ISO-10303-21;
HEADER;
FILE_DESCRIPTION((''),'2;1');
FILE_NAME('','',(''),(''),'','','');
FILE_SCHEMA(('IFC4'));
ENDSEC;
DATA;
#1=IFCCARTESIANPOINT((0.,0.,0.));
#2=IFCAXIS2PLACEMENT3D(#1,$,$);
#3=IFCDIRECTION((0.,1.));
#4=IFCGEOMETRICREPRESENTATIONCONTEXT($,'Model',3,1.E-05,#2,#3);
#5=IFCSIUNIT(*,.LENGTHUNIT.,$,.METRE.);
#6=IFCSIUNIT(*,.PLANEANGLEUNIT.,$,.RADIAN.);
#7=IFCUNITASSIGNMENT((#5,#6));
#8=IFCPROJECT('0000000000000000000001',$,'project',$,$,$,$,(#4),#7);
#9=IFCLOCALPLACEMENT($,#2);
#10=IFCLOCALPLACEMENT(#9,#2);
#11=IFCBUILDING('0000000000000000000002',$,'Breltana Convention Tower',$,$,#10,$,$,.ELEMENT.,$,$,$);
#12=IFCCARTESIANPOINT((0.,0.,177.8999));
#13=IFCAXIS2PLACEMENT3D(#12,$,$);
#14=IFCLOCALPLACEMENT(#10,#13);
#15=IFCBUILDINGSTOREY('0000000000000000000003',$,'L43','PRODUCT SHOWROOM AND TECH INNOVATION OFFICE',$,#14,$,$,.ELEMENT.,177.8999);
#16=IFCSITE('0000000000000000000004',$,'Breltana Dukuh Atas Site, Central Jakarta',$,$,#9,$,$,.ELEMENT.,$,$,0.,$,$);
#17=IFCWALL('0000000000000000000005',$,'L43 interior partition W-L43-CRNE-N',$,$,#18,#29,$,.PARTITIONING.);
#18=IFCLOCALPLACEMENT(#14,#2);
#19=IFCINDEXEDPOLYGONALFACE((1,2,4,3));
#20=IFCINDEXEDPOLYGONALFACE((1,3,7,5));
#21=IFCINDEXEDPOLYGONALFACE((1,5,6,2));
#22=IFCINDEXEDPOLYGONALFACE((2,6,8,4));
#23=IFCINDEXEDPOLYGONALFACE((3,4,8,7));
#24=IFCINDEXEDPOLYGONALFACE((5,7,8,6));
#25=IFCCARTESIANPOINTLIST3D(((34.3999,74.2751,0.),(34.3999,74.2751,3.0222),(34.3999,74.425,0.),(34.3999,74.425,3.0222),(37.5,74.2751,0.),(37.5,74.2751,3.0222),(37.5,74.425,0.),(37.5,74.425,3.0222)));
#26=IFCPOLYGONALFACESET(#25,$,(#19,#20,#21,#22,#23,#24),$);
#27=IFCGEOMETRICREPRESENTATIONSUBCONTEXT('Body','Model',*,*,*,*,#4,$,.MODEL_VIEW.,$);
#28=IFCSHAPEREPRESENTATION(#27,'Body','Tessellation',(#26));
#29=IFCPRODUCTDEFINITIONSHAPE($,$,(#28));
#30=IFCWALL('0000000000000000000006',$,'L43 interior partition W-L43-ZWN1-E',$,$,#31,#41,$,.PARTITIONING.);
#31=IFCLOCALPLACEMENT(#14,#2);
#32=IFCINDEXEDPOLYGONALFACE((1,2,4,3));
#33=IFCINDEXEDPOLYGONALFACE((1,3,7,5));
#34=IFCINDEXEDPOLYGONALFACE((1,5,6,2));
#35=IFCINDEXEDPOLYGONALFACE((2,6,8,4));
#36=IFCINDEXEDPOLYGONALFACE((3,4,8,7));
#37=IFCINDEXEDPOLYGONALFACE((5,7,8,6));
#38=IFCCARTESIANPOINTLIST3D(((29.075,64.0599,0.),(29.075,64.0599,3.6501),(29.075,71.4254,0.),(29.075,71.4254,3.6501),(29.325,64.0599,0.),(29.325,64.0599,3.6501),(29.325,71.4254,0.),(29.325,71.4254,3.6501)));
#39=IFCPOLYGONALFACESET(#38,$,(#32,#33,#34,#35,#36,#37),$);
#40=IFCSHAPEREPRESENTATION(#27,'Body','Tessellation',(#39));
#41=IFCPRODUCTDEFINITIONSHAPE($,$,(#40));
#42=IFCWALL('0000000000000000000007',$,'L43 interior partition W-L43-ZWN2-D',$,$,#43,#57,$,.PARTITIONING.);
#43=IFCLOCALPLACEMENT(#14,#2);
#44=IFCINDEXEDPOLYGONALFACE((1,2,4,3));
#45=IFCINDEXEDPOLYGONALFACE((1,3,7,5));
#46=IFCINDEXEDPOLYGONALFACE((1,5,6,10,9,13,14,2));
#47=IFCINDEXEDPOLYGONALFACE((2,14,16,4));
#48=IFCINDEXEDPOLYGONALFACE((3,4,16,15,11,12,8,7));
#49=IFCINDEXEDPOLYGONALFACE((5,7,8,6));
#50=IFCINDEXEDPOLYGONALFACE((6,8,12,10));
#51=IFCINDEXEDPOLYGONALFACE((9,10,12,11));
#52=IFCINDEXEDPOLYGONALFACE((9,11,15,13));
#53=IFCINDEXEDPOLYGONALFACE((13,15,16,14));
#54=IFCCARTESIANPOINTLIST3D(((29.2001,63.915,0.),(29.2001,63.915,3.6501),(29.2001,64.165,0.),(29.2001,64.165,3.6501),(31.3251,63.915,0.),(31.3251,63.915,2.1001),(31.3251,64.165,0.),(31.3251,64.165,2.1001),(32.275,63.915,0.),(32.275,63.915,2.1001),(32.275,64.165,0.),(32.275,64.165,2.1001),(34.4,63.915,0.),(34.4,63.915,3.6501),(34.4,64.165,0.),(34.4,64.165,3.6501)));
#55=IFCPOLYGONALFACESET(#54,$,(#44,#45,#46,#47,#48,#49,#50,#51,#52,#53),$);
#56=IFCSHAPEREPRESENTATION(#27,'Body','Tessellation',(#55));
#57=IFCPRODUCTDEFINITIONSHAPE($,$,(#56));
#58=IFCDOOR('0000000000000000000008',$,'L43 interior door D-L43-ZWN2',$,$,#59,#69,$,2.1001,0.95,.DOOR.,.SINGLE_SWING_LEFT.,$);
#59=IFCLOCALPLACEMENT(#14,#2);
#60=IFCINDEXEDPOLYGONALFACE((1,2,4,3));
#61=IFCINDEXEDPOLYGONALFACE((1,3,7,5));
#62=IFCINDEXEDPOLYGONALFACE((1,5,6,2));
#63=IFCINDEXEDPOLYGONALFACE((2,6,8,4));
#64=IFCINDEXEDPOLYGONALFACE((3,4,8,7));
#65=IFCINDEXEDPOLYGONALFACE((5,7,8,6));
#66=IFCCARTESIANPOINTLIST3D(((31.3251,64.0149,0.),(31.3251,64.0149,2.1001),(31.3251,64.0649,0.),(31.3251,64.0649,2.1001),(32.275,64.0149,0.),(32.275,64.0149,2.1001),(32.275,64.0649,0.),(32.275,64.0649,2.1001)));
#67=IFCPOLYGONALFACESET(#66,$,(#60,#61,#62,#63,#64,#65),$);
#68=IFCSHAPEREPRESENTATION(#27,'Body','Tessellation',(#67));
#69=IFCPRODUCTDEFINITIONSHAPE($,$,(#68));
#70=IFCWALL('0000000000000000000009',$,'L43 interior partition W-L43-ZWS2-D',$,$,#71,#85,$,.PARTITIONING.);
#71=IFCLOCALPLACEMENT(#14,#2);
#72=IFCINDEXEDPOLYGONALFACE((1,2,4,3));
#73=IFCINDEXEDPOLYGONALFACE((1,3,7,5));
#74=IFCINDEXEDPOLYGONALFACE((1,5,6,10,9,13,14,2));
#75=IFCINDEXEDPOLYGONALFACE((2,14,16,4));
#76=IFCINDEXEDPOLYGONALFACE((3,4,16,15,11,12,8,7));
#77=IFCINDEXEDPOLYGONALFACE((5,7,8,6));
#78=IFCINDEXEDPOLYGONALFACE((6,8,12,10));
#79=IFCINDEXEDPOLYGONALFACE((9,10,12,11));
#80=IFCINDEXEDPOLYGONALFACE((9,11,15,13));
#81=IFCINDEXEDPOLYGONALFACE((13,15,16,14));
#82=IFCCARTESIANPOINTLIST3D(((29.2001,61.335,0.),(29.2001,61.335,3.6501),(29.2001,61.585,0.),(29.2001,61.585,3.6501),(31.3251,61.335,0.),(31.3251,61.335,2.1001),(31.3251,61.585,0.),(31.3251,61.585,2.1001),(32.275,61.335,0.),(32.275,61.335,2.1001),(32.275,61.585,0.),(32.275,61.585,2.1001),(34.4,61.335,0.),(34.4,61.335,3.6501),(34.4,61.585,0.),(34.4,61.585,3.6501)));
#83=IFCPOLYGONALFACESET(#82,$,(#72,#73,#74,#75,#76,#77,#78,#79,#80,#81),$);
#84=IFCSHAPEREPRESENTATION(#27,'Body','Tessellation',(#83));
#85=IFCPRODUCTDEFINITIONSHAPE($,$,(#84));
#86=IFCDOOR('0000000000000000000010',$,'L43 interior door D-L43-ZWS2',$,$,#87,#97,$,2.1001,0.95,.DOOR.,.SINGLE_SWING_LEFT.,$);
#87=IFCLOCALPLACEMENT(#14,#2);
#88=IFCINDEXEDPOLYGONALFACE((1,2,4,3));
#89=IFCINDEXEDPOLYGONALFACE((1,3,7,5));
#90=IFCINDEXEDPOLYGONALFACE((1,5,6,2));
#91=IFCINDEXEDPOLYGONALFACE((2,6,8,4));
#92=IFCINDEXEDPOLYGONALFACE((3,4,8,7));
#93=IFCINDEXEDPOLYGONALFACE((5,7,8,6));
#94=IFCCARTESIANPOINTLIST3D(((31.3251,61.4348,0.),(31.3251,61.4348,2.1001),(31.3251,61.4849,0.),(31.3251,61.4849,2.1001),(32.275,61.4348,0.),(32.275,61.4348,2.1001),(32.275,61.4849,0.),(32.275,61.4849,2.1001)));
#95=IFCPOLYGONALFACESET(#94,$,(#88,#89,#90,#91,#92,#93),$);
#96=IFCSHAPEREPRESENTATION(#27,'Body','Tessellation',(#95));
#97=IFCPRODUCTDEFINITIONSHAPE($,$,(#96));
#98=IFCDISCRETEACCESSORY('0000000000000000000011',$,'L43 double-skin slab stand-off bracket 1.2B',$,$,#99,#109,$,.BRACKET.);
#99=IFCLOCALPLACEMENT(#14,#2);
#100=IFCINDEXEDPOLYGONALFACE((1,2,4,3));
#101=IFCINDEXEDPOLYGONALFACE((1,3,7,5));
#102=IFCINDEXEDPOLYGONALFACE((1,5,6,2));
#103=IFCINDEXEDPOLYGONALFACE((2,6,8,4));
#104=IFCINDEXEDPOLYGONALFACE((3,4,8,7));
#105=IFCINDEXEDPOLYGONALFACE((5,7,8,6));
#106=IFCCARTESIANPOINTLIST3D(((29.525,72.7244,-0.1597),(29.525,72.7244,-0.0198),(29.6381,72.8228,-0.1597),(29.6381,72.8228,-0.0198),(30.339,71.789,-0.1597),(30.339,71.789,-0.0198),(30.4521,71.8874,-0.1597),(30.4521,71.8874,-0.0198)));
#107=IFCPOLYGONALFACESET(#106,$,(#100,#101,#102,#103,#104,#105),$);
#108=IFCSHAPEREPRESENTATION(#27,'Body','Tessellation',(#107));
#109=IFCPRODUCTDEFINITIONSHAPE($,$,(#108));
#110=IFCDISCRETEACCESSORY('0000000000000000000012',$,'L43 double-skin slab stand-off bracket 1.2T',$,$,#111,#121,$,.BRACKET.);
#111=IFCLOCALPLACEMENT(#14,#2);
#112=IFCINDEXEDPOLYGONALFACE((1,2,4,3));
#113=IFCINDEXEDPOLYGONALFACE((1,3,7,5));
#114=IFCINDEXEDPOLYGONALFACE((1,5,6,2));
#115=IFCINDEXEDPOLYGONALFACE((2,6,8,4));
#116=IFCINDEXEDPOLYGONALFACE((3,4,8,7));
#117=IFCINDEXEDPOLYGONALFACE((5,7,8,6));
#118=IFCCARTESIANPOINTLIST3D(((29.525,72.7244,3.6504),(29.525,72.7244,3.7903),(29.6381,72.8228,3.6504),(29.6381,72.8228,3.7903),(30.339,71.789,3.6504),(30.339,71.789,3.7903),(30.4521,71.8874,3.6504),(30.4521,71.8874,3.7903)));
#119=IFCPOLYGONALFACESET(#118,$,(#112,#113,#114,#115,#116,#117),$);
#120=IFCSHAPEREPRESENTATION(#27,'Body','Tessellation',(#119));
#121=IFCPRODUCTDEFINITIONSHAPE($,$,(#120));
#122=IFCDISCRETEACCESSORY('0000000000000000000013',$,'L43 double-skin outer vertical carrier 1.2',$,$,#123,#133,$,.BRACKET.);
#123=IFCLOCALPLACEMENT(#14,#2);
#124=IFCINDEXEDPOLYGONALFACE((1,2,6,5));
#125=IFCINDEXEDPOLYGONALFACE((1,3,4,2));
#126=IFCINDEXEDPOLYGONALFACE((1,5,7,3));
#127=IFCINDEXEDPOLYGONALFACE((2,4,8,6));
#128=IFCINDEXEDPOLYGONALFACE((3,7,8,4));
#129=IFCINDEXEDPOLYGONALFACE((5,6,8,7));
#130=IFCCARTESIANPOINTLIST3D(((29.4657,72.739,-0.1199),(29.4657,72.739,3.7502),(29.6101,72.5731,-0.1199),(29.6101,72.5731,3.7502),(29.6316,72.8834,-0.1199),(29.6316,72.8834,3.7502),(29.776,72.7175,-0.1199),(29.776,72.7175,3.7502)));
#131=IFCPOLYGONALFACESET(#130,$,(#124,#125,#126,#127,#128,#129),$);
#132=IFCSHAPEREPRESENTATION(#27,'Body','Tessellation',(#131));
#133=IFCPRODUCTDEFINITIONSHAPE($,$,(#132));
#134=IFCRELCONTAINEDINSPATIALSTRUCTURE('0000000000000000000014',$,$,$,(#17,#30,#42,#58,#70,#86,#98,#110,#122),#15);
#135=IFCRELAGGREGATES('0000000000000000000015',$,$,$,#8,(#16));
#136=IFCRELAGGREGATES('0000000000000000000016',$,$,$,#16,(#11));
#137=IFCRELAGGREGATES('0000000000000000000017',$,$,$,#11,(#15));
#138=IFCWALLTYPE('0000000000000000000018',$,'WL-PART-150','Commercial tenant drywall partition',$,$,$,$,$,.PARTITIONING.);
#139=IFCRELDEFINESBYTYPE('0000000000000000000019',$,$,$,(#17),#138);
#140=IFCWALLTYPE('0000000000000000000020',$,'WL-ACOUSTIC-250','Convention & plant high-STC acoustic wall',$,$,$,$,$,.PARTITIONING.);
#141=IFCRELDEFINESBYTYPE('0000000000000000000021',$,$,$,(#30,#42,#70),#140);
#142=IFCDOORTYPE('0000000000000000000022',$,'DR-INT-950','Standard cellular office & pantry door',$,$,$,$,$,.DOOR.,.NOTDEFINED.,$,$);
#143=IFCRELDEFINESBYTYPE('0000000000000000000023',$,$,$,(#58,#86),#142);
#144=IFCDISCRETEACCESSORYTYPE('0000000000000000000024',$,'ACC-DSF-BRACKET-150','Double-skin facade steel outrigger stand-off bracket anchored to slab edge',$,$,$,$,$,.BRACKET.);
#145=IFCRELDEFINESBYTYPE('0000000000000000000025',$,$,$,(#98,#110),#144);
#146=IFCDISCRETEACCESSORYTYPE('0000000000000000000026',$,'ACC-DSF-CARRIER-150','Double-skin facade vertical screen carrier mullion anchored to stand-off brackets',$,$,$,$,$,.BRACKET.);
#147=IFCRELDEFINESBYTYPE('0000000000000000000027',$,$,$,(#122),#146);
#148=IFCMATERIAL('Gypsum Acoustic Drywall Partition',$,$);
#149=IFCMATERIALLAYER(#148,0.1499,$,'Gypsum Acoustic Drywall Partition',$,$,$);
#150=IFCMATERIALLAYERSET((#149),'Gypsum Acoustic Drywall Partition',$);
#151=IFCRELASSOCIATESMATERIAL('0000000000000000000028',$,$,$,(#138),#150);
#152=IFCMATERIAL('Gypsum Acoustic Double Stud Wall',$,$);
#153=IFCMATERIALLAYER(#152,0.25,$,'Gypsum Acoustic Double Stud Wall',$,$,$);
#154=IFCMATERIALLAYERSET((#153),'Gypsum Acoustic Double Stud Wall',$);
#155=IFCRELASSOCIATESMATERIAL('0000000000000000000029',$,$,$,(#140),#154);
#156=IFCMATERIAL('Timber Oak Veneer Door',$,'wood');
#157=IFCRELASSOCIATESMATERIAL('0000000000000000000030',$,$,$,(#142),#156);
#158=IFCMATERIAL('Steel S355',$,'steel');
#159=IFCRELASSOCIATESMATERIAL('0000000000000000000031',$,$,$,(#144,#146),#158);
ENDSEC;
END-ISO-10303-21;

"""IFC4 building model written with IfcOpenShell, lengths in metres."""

from ifc_helpers import new_model, si_unit, direction, frame, frame_2d, origin, origin_2d, place, context, subcontext, project, spatial, rectangle, extrude, source, transform, mapped, material, layer, layer_set, type_object, type_shapes, element, fill, save


model = new_model("IFC4")

# Units and contexts
model_context = context("Model", 3, precision=1e-05, world=origin(), true_north=direction((0.0, 1.0)))
body_context = subcontext(model_context, "Body", "Model", "MODEL_VIEW")
ifc_project = project(units=[si_unit("LENGTHUNIT", "METRE"), si_unit("PLANEANGLEUNIT", "RADIAN")], contexts=[model_context])

# Site, building, storey
site_placement = place(None, origin())
site = spatial("IfcSite", under=ifc_project, at=site_placement, Name="Breltana Dukuh Atas Site, Central Jakarta", CompositionType="ELEMENT", RefElevation=0.0)
building_placement = place(site_placement, origin())
building = spatial("IfcBuilding", under=site, at=building_placement, Name="Breltana Convention Tower", CompositionType="ELEMENT")
storey_placement = place(building_placement, frame((0.0, 0.0, 177.8999)))
storey = spatial("IfcBuildingStorey", under=building, at=storey_placement, Name="L43", Description="PRODUCT SHOWROOM AND TECH INNOVATION OFFICE", CompositionType="ELEMENT", Elevation=177.8999)

# Walls
ifc_material_1 = material(Name="Gypsum Acoustic Drywall Partition")
ifc_layer_1 = layer(ifc_material_1, 0.1499, Name="Gypsum Acoustic Drywall Partition")
ifc_layer_set_1 = layer_set([ifc_layer_1], Name="Gypsum Acoustic Drywall Partition")
wall_type_1 = type_object("IfcWallType", Name="WL-PART-150", Description="Commercial tenant drywall partition", PredefinedType="PARTITIONING", material=ifc_layer_set_1)
shared_shape_1 = source(origin(), body_context, "Body", "SweptSolid", [
    extrude(rectangle(XDim=3.1001, YDim=0.1499, at=frame_2d((1.55, 0.0))), origin(), (0.0, 0.0, 1.0), 3.0222),
])
wall_1_placement = place(storey_placement, frame((34.3999, 74.3501, 0.0), z_axis=(0.0, 0.0, 1.0), x_axis=(1.0, 0.0, 0.0)))
element("IfcWall", 1, at=wall_1_placement, inside=storey, type_object=wall_type_1, Name="L43 interior partition W-L43-CRNE-N", PredefinedType="PARTITIONING", context=body_context, shape_type="MappedRepresentation", body=[
    mapped(shared_shape_1, transform((0.0, 0.0, 0.0), scale=1.0)),
])
ifc_material_2 = material(Name="Gypsum Acoustic Double Stud Wall")
ifc_layer_2 = layer(ifc_material_2, 0.25, Name="Gypsum Acoustic Double Stud Wall")
ifc_layer_set_2 = layer_set([ifc_layer_2], Name="Gypsum Acoustic Double Stud Wall")
wall_type_2 = type_object("IfcWallType", Name="WL-ACOUSTIC-250", Description="Convention & plant high-STC acoustic wall", PredefinedType="PARTITIONING", material=ifc_layer_set_2)
shared_shape_2 = source(origin(), body_context, "Body", "SweptSolid", [
    extrude(rectangle(XDim=7.3655, YDim=0.25, at=frame_2d((3.6826, 0.0))), origin(), (0.0, 0.0, 1.0), 3.6501),
])
wall_2_placement = place(storey_placement, frame((29.2, 64.0601, 0.0), z_axis=(0.0, 0.0, 1.0), x_axis=(0.0, 1.0, 0.0)))
element("IfcWall", 2, at=wall_2_placement, inside=storey, type_object=wall_type_2, Name="L43 interior partition W-L43-ZWN1-E", PredefinedType="PARTITIONING", context=body_context, shape_type="MappedRepresentation", body=[
    mapped(shared_shape_2, transform((0.0, 0.0, 0.0), scale=1.0)),
])

# Walls, openings, doors
shared_shape_3 = source(origin(), body_context, "Body", "SweptSolid", [
    extrude(rectangle(XDim=5.2, YDim=0.25, at=frame_2d((2.6001, 0.0))), origin(), (0.0, 0.0, 1.0), 3.6501),
])
wall_3_placement = place(storey_placement, frame((29.2, 64.04, 0.0), z_axis=(0.0, 0.0, 1.0), x_axis=(1.0, 0.0, 0.0)))
wall_3 = element("IfcWall", 3, at=wall_3_placement, inside=storey, type_object=wall_type_2, Name="L43 interior partition W-L43-ZWN2-D", PredefinedType="PARTITIONING", context=body_context, shape_type="MappedRepresentation", body=[
    mapped(shared_shape_3, transform((0.0, 0.0, 0.0), scale=1.0)),
])
opening_1_placement = place(wall_3_placement, frame((2.125, 0.0, 0.0)))
opening_1 = element("IfcOpeningElement", 4, at=opening_1_placement, cuts=wall_3, PredefinedType="OPENING", context=body_context, shape_type="SweptSolid", body=[
    extrude(rectangle(XDim=0.95, YDim=2.1001, at=frame_2d((0.4751, 1.05))), frame((0.0, 0.135, 0.0), z_axis=(0.0, -1.0, 0.0), x_axis=(1.0, 0.0, 0.0)), (0.0, 0.0, 1.0), 0.27),
])
ifc_material_3 = material(Name="Timber Oak Veneer Door", Category="wood")
door_type = type_object("IfcDoorType", Name="DR-INT-950", Description="Standard cellular office & pantry door", OperationType="NOTDEFINED", PredefinedType="DOOR", material=ifc_material_3)
shared_shape_4 = source(origin(), body_context, "Body", "SweptSolid", [
    extrude(rectangle(XDim=0.95, YDim=2.1001, at=frame_2d((0.4751, 1.05))), frame((0.0, 0.0249, 0.0), z_axis=(0.0, -1.0, 0.0), x_axis=(1.0, 0.0, 0.0)), (0.0, 0.0, 1.0), 0.05),
])
type_shapes(door_type, [shared_shape_4])
door_1_placement = place(opening_1_placement, origin())
door_1 = element("IfcDoor", 5, at=door_1_placement, inside=storey, type_object=door_type, Name="L43 interior door D-L43-ZWN2", OperationType="SINGLE_SWING_LEFT", OverallHeight=2.1001, OverallWidth=0.95, PredefinedType="DOOR", context=body_context, shape_type="MappedRepresentation", body=[
    mapped(shared_shape_4, transform((0.0, 0.0, 0.0), scale=1.0)),
])
fill(opening_1, door_1)
wall_4_placement = place(storey_placement, frame((29.2, 61.46, 0.0), z_axis=(0.0, 0.0, 1.0), x_axis=(1.0, 0.0, 0.0)))
wall_4 = element("IfcWall", 6, at=wall_4_placement, inside=storey, type_object=wall_type_2, Name="L43 interior partition W-L43-ZWS2-D", PredefinedType="PARTITIONING", context=body_context, shape_type="MappedRepresentation", body=[
    mapped(shared_shape_3, transform((0.0, 0.0, 0.0), scale=1.0)),
])
opening_2_placement = place(wall_4_placement, frame((2.125, 0.0, 0.0)))
opening_2 = element("IfcOpeningElement", 7, at=opening_2_placement, cuts=wall_4, PredefinedType="OPENING", context=body_context, shape_type="SweptSolid", body=[
    extrude(rectangle(XDim=0.95, YDim=2.1001, at=frame_2d((0.4751, 1.05))), frame((0.0, 0.135, 0.0), z_axis=(0.0, -1.0, 0.0), x_axis=(1.0, 0.0, 0.0)), (0.0, 0.0, 1.0), 0.27),
])
door_2_placement = place(opening_2_placement, origin())
door_2 = element("IfcDoor", 8, at=door_2_placement, inside=storey, type_object=door_type, Name="L43 interior door D-L43-ZWS2", OperationType="SINGLE_SWING_LEFT", OverallHeight=2.1001, OverallWidth=0.95, PredefinedType="DOOR", context=body_context, shape_type="MappedRepresentation", body=[
    mapped(shared_shape_4, transform((0.0, 0.0, 0.0), scale=1.0)),
])
fill(opening_2, door_2)

# Discrete accessories
ifc_material_4 = material(Name="Steel S355", Category="steel")
discrete_accessory_type_1 = type_object("IfcDiscreteAccessoryType", Name="ACC-DSF-BRACKET-150", Description="Double-skin facade steel outrigger stand-off bracket anchored to slab edge", PredefinedType="BRACKET", material=ifc_material_4)
shared_shape_5 = source(origin(), body_context, "Body", "SweptSolid", [
    extrude(rectangle(XDim=1.24, YDim=0.1499, at=origin_2d()), origin(), (0.0, 0.0, 1.0), 0.1399),
])
type_shapes(discrete_accessory_type_1, [shared_shape_5])
for number, where, z_axis, x_axis, name in (
    (9, (29.9885, 72.3059, -0.1597), (0.0, 0.0, 1.0), (-0.656456, 0.754365, 0.0), "L43 double-skin slab stand-off bracket 1.2B"),
    (10, (29.9885, 72.3059, 3.6504), (0.0, 0.0, 1.0), (-0.656456, 0.754365, 0.0), "L43 double-skin slab stand-off bracket 1.2T"),
):
    element("IfcDiscreteAccessory", number, at=place(storey_placement, frame(where, z_axis=z_axis, x_axis=x_axis)), inside=storey, type_object=discrete_accessory_type_1, Name=name, PredefinedType="BRACKET", context=body_context, shape_type="MappedRepresentation", body=[
        mapped(shared_shape_5, transform((0.0, 0.0, 0.0), scale=1.0)),
    ])
discrete_accessory_type_2 = type_object("IfcDiscreteAccessoryType", Name="ACC-DSF-CARRIER-150", Description="Double-skin facade vertical screen carrier mullion anchored to stand-off brackets", PredefinedType="BRACKET", material=ifc_material_4)
shared_shape_6 = source(origin(), body_context, "Body", "SweptSolid", [
    extrude(rectangle(XDim=0.22, YDim=0.22, at=origin_2d()), origin(), (0.0, 0.0, 1.0), 3.8701),
])
discrete_accessory_placement = place(storey_placement, frame((29.6208, 72.7283, -0.1199), z_axis=(0.0, 0.0, 1.0), x_axis=(-0.656456, 0.754365, 0.0)))
element("IfcDiscreteAccessory", 11, at=discrete_accessory_placement, inside=storey, type_object=discrete_accessory_type_2, Name="L43 double-skin outer vertical carrier 1.2", PredefinedType="BRACKET", context=body_context, shape_type="MappedRepresentation", body=[
    mapped(shared_shape_6, transform((0.0, 0.0, 0.0), scale=1.0)),
])

save(model, "model.ifc")
